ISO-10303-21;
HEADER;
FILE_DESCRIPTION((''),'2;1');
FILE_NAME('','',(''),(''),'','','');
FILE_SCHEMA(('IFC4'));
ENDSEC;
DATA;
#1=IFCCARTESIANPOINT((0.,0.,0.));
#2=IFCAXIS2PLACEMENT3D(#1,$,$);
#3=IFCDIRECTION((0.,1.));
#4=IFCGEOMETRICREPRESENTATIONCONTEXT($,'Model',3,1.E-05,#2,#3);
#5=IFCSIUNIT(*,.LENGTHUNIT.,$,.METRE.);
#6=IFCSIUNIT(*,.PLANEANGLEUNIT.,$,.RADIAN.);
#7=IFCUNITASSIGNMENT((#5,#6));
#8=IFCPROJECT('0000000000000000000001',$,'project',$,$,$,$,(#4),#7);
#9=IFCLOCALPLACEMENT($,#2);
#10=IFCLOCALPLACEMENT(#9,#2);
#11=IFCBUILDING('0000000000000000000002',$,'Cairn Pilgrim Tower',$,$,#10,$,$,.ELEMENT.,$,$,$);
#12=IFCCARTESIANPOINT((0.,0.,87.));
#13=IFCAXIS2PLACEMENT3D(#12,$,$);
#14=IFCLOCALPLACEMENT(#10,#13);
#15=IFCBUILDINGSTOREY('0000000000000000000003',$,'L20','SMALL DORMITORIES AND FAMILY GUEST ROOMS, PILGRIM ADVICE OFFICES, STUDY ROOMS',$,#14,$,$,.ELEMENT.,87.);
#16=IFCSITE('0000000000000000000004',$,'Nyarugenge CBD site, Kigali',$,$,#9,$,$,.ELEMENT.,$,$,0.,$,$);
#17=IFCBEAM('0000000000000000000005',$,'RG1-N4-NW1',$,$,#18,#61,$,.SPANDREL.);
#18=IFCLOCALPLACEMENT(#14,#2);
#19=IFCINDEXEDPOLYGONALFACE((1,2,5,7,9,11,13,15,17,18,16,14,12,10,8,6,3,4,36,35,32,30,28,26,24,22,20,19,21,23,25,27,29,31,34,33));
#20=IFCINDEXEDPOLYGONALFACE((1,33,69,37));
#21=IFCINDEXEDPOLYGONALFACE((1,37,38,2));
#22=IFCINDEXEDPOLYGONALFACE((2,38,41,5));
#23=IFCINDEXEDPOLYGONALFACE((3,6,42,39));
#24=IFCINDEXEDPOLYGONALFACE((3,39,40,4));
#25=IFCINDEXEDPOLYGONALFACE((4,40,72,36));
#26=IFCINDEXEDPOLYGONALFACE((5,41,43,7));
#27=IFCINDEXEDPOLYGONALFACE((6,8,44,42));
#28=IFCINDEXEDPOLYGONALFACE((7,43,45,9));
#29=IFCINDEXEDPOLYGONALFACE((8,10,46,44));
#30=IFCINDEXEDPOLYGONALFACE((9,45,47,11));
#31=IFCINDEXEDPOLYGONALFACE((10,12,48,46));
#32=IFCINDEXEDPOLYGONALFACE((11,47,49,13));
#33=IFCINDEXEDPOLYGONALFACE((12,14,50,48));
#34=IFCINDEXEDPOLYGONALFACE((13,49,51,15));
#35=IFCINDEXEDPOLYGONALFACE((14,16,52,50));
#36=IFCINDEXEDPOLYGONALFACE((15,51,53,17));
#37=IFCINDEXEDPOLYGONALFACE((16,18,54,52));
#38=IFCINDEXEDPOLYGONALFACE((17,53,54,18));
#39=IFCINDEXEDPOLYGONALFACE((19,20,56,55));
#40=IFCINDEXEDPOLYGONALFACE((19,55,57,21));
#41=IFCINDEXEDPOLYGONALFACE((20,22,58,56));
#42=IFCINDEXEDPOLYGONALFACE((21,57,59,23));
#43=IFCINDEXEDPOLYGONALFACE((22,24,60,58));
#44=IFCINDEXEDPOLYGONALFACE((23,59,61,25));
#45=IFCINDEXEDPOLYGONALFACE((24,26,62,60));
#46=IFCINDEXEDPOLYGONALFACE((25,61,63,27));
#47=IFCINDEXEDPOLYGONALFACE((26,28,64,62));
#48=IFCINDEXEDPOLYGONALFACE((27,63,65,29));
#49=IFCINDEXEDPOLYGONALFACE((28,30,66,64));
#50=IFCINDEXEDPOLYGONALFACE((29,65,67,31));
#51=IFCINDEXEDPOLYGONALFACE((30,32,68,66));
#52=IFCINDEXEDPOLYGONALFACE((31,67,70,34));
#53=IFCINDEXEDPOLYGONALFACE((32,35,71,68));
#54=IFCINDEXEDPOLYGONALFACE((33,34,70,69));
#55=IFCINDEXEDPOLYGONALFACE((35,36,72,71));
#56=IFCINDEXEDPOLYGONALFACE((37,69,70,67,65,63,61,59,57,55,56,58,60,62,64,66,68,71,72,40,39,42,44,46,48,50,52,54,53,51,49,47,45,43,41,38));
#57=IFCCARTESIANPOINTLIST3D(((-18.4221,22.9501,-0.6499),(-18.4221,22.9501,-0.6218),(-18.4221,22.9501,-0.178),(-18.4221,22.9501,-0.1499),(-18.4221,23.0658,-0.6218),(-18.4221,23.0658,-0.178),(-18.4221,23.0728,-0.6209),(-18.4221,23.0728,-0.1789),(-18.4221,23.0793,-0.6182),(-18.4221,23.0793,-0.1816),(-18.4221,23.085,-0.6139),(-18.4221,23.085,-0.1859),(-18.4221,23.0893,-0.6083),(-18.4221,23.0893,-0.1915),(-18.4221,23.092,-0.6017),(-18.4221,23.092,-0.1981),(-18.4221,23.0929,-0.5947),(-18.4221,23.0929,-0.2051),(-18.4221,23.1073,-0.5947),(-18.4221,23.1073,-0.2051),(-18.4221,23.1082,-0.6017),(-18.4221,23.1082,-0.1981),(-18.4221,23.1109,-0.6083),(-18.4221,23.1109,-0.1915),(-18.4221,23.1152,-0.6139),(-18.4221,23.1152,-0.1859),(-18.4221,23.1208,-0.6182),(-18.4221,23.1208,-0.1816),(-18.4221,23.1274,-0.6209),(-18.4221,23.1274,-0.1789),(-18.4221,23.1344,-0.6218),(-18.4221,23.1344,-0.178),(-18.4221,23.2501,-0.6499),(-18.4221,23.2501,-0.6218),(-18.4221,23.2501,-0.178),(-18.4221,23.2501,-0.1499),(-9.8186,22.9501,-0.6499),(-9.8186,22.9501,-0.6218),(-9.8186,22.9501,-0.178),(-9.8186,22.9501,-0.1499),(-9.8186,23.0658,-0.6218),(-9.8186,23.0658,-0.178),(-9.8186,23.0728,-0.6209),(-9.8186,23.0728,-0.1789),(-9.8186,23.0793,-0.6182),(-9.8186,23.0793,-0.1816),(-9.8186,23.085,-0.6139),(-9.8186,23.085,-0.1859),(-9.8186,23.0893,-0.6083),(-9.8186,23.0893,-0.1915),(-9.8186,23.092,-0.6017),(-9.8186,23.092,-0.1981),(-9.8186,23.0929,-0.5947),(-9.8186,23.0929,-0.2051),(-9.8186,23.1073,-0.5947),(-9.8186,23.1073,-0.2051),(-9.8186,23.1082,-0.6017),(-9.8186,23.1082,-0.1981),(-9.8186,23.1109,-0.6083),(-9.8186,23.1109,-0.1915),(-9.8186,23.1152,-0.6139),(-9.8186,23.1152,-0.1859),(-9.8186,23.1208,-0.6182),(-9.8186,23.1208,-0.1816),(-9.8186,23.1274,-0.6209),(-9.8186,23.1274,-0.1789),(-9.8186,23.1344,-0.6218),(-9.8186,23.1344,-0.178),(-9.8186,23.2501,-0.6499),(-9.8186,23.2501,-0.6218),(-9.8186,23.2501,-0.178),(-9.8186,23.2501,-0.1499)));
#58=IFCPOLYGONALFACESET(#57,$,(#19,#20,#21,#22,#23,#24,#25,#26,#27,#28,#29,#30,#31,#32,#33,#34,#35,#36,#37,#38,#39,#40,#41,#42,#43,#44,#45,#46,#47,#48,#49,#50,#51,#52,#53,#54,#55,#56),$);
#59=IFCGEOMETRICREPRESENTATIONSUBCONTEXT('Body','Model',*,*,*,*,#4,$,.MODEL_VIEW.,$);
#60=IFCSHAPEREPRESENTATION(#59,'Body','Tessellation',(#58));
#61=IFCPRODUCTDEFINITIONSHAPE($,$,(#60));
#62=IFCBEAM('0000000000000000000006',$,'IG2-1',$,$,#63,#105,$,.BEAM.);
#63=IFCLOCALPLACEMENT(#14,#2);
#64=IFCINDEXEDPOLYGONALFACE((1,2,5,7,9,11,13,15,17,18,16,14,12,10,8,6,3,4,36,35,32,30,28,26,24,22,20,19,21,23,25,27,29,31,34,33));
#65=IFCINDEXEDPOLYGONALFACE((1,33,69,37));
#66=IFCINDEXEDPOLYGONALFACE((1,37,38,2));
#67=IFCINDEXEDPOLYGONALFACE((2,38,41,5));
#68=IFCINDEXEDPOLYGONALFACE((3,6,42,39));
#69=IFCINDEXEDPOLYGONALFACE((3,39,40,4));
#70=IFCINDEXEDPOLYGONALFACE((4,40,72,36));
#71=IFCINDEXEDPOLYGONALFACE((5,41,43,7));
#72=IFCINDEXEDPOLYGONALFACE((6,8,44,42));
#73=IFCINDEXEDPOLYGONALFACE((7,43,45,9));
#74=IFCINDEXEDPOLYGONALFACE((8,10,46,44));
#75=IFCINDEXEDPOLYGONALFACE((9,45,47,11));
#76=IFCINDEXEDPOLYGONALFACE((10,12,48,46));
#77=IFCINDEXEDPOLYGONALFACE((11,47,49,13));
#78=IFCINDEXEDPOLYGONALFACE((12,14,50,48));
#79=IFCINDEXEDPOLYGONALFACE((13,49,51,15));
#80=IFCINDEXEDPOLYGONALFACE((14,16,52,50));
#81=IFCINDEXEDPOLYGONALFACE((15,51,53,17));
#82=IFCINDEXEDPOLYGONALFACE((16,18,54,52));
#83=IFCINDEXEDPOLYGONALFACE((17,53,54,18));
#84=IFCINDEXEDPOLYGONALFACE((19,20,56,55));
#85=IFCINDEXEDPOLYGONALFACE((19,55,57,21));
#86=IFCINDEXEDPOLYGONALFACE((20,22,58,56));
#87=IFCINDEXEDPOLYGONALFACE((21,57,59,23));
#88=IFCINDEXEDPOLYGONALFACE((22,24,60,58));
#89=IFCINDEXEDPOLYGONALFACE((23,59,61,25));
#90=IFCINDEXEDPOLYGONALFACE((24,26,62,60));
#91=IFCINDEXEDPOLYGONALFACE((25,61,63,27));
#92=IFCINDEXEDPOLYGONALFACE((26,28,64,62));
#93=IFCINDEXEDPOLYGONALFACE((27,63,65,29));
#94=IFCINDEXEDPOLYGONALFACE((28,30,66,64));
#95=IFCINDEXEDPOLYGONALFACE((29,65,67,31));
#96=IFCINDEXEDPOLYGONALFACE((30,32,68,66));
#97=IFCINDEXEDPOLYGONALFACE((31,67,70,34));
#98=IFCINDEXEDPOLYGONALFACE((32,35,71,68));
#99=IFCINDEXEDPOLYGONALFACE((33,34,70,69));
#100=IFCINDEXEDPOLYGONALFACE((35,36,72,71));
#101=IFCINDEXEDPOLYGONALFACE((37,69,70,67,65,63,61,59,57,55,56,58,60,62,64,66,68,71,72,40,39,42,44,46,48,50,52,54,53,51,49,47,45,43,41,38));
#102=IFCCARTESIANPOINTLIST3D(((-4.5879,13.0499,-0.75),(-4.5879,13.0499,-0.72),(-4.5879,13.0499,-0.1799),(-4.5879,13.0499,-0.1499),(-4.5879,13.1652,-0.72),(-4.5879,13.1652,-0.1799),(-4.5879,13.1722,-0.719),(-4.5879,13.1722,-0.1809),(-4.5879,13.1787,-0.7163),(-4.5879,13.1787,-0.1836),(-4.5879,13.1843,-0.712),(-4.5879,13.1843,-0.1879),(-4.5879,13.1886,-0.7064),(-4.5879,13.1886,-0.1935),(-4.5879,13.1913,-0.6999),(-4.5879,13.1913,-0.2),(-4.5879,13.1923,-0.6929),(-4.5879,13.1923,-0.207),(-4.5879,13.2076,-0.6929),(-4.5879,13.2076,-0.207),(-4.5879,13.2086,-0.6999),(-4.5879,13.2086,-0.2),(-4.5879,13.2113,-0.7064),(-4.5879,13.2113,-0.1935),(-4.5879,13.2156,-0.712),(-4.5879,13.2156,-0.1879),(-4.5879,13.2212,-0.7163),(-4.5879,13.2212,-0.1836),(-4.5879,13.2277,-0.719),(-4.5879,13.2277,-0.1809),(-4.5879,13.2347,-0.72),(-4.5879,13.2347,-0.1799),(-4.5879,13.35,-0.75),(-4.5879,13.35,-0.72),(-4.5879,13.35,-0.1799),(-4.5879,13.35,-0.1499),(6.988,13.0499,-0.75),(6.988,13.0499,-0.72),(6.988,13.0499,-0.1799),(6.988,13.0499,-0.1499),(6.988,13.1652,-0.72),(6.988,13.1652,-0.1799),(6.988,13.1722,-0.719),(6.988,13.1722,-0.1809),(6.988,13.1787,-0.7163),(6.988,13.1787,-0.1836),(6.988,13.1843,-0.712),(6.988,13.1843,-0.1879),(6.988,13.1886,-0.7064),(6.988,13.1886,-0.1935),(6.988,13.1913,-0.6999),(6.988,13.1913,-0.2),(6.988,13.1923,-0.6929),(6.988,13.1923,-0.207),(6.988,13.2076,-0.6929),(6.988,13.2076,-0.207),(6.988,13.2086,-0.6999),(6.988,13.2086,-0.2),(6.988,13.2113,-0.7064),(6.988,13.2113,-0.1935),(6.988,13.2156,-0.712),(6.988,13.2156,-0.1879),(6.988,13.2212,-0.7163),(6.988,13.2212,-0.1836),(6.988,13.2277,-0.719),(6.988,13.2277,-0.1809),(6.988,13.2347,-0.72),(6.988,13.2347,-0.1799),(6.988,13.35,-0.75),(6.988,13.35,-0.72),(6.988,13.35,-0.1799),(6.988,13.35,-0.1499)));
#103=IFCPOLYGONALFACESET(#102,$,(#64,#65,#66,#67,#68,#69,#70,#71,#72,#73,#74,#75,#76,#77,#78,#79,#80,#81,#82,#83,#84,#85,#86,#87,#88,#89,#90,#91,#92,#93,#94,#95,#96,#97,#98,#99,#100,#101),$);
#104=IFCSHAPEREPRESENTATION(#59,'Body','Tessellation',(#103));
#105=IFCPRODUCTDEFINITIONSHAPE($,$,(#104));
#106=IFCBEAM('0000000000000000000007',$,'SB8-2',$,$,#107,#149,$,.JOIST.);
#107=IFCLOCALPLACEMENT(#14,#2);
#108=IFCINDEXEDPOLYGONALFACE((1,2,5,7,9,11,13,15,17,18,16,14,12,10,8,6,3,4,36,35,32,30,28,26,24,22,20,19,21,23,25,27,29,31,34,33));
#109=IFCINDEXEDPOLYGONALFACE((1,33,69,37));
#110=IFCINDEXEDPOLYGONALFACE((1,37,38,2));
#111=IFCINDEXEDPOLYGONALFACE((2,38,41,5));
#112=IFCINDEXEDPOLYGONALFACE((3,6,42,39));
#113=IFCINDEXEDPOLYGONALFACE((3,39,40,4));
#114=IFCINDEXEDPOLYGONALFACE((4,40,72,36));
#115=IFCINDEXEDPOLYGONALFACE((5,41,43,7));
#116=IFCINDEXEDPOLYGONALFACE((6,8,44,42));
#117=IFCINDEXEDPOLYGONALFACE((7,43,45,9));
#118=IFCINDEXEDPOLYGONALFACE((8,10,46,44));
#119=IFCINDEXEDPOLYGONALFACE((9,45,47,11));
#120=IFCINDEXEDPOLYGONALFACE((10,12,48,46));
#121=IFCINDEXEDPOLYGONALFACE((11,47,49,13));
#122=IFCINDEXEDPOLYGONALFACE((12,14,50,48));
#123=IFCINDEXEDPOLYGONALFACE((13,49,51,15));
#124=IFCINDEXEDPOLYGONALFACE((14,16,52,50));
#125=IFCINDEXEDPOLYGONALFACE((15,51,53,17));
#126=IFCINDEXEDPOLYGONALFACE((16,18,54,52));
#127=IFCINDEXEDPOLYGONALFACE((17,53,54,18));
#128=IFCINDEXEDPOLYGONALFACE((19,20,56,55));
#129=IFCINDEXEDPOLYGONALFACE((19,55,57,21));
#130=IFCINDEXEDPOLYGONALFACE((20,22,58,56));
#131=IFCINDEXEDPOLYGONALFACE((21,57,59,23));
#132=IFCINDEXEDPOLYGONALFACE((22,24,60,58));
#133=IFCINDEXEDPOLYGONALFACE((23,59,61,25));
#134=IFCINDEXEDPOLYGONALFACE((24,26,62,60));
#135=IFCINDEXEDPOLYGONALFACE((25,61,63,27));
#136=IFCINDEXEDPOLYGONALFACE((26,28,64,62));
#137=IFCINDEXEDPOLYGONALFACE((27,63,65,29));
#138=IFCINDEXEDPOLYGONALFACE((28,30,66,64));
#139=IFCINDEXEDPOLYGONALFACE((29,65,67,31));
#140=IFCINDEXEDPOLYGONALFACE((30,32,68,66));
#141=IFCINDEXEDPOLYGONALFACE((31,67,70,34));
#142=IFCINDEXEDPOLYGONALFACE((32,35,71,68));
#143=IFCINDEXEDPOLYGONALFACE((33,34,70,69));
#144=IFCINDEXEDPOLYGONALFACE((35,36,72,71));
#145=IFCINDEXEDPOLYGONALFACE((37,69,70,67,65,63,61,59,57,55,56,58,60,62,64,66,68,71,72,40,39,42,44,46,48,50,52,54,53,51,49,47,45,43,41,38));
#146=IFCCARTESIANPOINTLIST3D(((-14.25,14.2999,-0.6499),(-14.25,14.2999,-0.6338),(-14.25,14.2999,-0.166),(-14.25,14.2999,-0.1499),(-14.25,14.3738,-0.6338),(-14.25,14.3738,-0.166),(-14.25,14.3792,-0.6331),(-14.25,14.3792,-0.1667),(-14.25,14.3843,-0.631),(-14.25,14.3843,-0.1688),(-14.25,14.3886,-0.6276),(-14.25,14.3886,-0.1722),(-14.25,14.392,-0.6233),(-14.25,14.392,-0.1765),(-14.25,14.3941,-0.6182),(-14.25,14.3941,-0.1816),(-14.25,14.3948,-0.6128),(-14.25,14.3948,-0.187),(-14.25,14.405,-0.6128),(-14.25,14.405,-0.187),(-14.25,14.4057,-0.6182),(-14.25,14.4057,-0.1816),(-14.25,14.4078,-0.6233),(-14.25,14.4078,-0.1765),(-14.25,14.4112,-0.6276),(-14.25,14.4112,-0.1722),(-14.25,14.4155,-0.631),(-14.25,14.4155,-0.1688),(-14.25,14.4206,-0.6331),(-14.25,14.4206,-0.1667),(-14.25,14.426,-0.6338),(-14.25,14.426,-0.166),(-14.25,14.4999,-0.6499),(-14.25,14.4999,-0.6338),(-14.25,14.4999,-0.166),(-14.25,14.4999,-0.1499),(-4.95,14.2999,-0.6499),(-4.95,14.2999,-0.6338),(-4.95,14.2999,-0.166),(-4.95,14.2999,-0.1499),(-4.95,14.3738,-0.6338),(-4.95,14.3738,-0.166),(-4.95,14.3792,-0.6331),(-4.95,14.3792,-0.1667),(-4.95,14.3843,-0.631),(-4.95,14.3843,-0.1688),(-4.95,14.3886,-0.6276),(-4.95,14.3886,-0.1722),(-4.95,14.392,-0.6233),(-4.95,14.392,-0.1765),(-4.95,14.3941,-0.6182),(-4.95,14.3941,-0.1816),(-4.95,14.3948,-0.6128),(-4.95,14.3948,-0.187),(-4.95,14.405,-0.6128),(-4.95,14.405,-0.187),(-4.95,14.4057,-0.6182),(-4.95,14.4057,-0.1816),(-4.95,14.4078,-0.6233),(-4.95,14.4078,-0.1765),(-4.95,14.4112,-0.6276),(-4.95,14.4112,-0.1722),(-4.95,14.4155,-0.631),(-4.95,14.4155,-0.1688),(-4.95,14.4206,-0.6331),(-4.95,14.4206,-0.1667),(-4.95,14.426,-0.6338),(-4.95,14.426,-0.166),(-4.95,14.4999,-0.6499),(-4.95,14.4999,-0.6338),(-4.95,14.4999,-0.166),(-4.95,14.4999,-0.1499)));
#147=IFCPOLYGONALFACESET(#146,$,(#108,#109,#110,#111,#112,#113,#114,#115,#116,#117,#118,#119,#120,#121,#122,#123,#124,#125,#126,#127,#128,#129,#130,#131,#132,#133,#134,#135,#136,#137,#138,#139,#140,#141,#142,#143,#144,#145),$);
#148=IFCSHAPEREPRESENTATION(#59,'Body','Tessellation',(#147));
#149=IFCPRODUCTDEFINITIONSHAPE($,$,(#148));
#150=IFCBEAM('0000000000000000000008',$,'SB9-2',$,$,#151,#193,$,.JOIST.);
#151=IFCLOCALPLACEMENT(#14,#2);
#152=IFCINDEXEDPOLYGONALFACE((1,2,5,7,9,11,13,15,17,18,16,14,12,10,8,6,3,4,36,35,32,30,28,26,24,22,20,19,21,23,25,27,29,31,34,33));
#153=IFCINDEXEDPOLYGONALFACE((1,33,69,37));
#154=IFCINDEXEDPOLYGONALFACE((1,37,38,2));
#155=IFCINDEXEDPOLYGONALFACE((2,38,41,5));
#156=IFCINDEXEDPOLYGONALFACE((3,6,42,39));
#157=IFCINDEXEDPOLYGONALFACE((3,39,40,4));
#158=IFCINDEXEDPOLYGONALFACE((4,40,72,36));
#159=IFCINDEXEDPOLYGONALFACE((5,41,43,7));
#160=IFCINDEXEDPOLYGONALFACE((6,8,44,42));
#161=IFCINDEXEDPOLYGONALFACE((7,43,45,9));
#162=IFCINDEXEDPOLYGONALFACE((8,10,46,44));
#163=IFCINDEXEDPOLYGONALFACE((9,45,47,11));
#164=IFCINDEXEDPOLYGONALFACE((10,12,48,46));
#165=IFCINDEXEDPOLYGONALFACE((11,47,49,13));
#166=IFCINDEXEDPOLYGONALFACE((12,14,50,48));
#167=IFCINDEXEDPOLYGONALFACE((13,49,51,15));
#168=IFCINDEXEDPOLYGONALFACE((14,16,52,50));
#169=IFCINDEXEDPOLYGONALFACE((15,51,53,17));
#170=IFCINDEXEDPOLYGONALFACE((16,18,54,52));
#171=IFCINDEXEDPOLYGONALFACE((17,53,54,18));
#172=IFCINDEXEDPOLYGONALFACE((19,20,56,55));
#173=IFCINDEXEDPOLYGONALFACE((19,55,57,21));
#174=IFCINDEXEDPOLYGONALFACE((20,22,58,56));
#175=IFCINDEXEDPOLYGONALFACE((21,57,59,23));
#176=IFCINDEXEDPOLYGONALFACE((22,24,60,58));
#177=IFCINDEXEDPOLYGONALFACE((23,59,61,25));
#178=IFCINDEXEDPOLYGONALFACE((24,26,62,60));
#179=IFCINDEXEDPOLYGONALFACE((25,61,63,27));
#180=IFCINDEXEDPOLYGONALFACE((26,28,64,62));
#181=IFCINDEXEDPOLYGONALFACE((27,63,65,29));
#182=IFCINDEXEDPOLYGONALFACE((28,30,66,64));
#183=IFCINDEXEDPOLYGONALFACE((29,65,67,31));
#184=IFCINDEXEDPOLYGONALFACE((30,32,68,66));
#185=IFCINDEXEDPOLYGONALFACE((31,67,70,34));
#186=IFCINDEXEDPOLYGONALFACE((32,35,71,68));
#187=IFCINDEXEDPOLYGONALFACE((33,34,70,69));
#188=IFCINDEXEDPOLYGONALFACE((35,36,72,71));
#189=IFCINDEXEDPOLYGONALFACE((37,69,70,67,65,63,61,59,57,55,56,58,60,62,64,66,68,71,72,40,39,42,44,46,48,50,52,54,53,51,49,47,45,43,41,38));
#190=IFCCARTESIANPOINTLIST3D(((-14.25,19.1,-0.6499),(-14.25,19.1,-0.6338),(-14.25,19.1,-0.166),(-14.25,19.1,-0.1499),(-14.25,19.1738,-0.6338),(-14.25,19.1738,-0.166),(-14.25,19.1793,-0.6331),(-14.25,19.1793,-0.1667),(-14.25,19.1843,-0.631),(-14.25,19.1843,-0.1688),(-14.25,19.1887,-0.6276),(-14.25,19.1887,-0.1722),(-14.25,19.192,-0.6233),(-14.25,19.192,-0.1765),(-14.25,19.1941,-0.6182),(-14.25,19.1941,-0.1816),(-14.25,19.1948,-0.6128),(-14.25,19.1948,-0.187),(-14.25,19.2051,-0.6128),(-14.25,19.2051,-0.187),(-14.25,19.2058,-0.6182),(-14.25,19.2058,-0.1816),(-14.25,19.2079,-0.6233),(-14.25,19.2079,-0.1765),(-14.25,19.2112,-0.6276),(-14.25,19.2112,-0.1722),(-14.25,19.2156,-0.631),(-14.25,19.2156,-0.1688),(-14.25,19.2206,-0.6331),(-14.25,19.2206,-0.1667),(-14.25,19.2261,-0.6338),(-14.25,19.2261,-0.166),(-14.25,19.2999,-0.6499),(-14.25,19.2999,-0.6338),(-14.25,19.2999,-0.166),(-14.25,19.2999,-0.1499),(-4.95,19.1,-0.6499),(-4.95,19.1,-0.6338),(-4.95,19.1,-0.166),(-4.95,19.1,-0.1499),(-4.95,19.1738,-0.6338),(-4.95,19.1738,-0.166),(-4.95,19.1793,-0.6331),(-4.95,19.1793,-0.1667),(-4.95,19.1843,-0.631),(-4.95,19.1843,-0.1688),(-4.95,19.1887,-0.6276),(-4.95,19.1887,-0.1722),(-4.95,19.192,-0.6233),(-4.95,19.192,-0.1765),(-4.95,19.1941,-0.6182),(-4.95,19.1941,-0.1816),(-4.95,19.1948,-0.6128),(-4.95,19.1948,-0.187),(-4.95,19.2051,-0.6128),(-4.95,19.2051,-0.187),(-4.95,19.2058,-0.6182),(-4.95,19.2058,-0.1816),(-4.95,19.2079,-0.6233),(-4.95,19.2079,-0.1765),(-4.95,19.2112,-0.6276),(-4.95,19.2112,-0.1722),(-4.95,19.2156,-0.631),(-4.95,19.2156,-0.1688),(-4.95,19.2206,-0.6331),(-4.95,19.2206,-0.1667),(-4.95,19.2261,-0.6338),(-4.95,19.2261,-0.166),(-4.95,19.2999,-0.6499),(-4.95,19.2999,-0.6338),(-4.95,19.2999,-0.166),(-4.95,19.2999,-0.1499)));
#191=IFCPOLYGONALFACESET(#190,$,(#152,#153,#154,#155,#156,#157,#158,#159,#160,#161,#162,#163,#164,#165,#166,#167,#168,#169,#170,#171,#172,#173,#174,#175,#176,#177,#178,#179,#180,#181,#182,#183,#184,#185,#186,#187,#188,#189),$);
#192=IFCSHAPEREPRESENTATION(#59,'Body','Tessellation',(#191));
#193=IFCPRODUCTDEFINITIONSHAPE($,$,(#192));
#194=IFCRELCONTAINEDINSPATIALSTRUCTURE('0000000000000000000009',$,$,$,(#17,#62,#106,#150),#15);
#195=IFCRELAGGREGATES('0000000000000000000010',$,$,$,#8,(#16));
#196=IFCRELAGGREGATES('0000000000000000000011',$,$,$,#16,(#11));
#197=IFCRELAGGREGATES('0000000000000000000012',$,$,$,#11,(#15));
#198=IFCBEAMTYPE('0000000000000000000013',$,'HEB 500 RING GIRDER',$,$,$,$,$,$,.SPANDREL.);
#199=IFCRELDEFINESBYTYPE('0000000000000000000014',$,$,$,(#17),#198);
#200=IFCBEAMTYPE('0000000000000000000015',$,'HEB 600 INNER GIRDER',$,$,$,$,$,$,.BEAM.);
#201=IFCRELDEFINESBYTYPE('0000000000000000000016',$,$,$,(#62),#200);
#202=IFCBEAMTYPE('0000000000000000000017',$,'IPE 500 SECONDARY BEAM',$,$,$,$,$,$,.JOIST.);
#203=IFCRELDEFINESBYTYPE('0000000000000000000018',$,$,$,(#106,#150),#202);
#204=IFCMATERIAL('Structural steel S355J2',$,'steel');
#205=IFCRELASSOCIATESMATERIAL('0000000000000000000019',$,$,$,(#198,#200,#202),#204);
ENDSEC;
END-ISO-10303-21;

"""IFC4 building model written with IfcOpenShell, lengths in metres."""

from ifc_helpers import new_model, si_unit, direction, frame, origin, origin_2d, place, context, subcontext, project, spatial, i_section, extrude, material, material_profile, profile_set, type_object, element, save


model = new_model("IFC4")

# Units and contexts
model_context = context("Model", 3, precision=1e-05, world=origin(), true_north=direction((0.0, 1.0)))
body_context = subcontext(model_context, "Body", "Model", "MODEL_VIEW")
ifc_project = project(units=[si_unit("LENGTHUNIT", "METRE"), si_unit("PLANEANGLEUNIT", "RADIAN")], contexts=[model_context])

# Site, building, storey
site_placement = place(None, origin())
site = spatial("IfcSite", under=ifc_project, at=site_placement, Name="Nyarugenge CBD site, Kigali", CompositionType="ELEMENT", RefElevation=0.0)
building_placement = place(site_placement, origin())
building = spatial("IfcBuilding", under=site, at=building_placement, Name="Cairn Pilgrim Tower", CompositionType="ELEMENT")
storey_placement = place(building_placement, frame((0.0, 0.0, 87.0)))
storey = spatial("IfcBuildingStorey", under=building, at=storey_placement, Name="L20", Description="SMALL DORMITORIES AND FAMILY GUEST ROOMS, PILGRIM ADVICE OFFICES, STUDY ROOMS", CompositionType="ELEMENT", Elevation=87.0)

# Beams
ifc_material_1 = material(Name="Structural steel S355J2", Category="steel")
ifc_material_profile_1 = material_profile(ifc_material_1, i_section(OverallWidth=0.3, OverallDepth=0.5, WebThickness=0.0144, FlangeThickness=0.0281, FilletRadius=0.0271, at=origin_2d()), Name="HEB 500")
ifc_profile_set_1 = profile_set([ifc_material_profile_1], Name="Structural steel S355J2")
beam_type_1 = type_object("IfcBeamType", Name="HEB 500 RING GIRDER", PredefinedType="SPANDREL", material=ifc_profile_set_1)
for number, where, z_axis, x_axis, name in (
    (1, (-9.8186, 23.1001, -0.3999), (-1.0, 0.0, 0.0), (0.0, -1.0, 0.0), "RG1-N4-NW1"),
):
    element("IfcBeam", number, at=place(storey_placement, frame(where, z_axis=z_axis, x_axis=x_axis)), inside=storey, type_object=beam_type_1, Name=name, PredefinedType="SPANDREL", context=body_context, shape_type="SweptSolid", body=[
        extrude(i_section(OverallWidth=0.3, OverallDepth=0.5, WebThickness=0.0144, FlangeThickness=0.0281, FilletRadius=0.0271, at=origin_2d()), origin(), (0.0, 0.0, 1.0), 8.6035),
    ])
ifc_material_profile_2 = material_profile(ifc_material_1, i_section(OverallWidth=0.3, OverallDepth=0.6001, WebThickness=0.0154, FlangeThickness=0.03, FilletRadius=0.0271, at=origin_2d()), Name="HEB 600")
ifc_profile_set_2 = profile_set([ifc_material_profile_2], Name="Structural steel S355J2")
beam_type_2 = type_object("IfcBeamType", Name="HEB 600 INNER GIRDER", PredefinedType="BEAM", material=ifc_profile_set_2)
beam_1_placement = place(storey_placement, frame((-4.5879, 13.2, -0.45), z_axis=(1.0, 0.0, 0.0), x_axis=(0.0, 1.0, 0.0)))
element("IfcBeam", 2, at=beam_1_placement, inside=storey, type_object=beam_type_2, Name="IG2-1", PredefinedType="BEAM", context=body_context, shape_type="SweptSolid", body=[
    extrude(i_section(OverallWidth=0.3, OverallDepth=0.6001, WebThickness=0.0154, FlangeThickness=0.03, FilletRadius=0.0271, at=origin_2d()), origin(), (0.0, 0.0, 1.0), 11.5759),
])
ifc_material_profile_3 = material_profile(ifc_material_1, i_section(OverallWidth=0.2, OverallDepth=0.5, WebThickness=0.0103, FlangeThickness=0.0161, FilletRadius=0.021, at=origin_2d()), Name="IPE 500")
ifc_profile_set_3 = profile_set([ifc_material_profile_3], Name="Structural steel S355J2")
beam_type_3 = type_object("IfcBeamType", Name="IPE 500 SECONDARY BEAM", PredefinedType="JOIST", material=ifc_profile_set_3)
for number, where, z_axis, x_axis, name in (
    (3, (-14.25, 14.3999, -0.3999), (1.0, 0.0, 0.0), (0.0, 1.0, 0.0), "SB8-2"),
    (4, (-14.25, 19.2, -0.3999), (1.0, 0.0, 0.0), (0.0, 1.0, 0.0), "SB9-2"),
):
    element("IfcBeam", number, at=place(storey_placement, frame(where, z_axis=z_axis, x_axis=x_axis)), inside=storey, type_object=beam_type_3, Name=name, PredefinedType="JOIST", context=body_context, shape_type="SweptSolid", body=[
        extrude(i_section(OverallWidth=0.2, OverallDepth=0.5, WebThickness=0.0103, FlangeThickness=0.0161, FilletRadius=0.021, at=origin_2d()), origin(), (0.0, 0.0, 1.0), 9.3),
    ])

save(model, "model.ifc")
